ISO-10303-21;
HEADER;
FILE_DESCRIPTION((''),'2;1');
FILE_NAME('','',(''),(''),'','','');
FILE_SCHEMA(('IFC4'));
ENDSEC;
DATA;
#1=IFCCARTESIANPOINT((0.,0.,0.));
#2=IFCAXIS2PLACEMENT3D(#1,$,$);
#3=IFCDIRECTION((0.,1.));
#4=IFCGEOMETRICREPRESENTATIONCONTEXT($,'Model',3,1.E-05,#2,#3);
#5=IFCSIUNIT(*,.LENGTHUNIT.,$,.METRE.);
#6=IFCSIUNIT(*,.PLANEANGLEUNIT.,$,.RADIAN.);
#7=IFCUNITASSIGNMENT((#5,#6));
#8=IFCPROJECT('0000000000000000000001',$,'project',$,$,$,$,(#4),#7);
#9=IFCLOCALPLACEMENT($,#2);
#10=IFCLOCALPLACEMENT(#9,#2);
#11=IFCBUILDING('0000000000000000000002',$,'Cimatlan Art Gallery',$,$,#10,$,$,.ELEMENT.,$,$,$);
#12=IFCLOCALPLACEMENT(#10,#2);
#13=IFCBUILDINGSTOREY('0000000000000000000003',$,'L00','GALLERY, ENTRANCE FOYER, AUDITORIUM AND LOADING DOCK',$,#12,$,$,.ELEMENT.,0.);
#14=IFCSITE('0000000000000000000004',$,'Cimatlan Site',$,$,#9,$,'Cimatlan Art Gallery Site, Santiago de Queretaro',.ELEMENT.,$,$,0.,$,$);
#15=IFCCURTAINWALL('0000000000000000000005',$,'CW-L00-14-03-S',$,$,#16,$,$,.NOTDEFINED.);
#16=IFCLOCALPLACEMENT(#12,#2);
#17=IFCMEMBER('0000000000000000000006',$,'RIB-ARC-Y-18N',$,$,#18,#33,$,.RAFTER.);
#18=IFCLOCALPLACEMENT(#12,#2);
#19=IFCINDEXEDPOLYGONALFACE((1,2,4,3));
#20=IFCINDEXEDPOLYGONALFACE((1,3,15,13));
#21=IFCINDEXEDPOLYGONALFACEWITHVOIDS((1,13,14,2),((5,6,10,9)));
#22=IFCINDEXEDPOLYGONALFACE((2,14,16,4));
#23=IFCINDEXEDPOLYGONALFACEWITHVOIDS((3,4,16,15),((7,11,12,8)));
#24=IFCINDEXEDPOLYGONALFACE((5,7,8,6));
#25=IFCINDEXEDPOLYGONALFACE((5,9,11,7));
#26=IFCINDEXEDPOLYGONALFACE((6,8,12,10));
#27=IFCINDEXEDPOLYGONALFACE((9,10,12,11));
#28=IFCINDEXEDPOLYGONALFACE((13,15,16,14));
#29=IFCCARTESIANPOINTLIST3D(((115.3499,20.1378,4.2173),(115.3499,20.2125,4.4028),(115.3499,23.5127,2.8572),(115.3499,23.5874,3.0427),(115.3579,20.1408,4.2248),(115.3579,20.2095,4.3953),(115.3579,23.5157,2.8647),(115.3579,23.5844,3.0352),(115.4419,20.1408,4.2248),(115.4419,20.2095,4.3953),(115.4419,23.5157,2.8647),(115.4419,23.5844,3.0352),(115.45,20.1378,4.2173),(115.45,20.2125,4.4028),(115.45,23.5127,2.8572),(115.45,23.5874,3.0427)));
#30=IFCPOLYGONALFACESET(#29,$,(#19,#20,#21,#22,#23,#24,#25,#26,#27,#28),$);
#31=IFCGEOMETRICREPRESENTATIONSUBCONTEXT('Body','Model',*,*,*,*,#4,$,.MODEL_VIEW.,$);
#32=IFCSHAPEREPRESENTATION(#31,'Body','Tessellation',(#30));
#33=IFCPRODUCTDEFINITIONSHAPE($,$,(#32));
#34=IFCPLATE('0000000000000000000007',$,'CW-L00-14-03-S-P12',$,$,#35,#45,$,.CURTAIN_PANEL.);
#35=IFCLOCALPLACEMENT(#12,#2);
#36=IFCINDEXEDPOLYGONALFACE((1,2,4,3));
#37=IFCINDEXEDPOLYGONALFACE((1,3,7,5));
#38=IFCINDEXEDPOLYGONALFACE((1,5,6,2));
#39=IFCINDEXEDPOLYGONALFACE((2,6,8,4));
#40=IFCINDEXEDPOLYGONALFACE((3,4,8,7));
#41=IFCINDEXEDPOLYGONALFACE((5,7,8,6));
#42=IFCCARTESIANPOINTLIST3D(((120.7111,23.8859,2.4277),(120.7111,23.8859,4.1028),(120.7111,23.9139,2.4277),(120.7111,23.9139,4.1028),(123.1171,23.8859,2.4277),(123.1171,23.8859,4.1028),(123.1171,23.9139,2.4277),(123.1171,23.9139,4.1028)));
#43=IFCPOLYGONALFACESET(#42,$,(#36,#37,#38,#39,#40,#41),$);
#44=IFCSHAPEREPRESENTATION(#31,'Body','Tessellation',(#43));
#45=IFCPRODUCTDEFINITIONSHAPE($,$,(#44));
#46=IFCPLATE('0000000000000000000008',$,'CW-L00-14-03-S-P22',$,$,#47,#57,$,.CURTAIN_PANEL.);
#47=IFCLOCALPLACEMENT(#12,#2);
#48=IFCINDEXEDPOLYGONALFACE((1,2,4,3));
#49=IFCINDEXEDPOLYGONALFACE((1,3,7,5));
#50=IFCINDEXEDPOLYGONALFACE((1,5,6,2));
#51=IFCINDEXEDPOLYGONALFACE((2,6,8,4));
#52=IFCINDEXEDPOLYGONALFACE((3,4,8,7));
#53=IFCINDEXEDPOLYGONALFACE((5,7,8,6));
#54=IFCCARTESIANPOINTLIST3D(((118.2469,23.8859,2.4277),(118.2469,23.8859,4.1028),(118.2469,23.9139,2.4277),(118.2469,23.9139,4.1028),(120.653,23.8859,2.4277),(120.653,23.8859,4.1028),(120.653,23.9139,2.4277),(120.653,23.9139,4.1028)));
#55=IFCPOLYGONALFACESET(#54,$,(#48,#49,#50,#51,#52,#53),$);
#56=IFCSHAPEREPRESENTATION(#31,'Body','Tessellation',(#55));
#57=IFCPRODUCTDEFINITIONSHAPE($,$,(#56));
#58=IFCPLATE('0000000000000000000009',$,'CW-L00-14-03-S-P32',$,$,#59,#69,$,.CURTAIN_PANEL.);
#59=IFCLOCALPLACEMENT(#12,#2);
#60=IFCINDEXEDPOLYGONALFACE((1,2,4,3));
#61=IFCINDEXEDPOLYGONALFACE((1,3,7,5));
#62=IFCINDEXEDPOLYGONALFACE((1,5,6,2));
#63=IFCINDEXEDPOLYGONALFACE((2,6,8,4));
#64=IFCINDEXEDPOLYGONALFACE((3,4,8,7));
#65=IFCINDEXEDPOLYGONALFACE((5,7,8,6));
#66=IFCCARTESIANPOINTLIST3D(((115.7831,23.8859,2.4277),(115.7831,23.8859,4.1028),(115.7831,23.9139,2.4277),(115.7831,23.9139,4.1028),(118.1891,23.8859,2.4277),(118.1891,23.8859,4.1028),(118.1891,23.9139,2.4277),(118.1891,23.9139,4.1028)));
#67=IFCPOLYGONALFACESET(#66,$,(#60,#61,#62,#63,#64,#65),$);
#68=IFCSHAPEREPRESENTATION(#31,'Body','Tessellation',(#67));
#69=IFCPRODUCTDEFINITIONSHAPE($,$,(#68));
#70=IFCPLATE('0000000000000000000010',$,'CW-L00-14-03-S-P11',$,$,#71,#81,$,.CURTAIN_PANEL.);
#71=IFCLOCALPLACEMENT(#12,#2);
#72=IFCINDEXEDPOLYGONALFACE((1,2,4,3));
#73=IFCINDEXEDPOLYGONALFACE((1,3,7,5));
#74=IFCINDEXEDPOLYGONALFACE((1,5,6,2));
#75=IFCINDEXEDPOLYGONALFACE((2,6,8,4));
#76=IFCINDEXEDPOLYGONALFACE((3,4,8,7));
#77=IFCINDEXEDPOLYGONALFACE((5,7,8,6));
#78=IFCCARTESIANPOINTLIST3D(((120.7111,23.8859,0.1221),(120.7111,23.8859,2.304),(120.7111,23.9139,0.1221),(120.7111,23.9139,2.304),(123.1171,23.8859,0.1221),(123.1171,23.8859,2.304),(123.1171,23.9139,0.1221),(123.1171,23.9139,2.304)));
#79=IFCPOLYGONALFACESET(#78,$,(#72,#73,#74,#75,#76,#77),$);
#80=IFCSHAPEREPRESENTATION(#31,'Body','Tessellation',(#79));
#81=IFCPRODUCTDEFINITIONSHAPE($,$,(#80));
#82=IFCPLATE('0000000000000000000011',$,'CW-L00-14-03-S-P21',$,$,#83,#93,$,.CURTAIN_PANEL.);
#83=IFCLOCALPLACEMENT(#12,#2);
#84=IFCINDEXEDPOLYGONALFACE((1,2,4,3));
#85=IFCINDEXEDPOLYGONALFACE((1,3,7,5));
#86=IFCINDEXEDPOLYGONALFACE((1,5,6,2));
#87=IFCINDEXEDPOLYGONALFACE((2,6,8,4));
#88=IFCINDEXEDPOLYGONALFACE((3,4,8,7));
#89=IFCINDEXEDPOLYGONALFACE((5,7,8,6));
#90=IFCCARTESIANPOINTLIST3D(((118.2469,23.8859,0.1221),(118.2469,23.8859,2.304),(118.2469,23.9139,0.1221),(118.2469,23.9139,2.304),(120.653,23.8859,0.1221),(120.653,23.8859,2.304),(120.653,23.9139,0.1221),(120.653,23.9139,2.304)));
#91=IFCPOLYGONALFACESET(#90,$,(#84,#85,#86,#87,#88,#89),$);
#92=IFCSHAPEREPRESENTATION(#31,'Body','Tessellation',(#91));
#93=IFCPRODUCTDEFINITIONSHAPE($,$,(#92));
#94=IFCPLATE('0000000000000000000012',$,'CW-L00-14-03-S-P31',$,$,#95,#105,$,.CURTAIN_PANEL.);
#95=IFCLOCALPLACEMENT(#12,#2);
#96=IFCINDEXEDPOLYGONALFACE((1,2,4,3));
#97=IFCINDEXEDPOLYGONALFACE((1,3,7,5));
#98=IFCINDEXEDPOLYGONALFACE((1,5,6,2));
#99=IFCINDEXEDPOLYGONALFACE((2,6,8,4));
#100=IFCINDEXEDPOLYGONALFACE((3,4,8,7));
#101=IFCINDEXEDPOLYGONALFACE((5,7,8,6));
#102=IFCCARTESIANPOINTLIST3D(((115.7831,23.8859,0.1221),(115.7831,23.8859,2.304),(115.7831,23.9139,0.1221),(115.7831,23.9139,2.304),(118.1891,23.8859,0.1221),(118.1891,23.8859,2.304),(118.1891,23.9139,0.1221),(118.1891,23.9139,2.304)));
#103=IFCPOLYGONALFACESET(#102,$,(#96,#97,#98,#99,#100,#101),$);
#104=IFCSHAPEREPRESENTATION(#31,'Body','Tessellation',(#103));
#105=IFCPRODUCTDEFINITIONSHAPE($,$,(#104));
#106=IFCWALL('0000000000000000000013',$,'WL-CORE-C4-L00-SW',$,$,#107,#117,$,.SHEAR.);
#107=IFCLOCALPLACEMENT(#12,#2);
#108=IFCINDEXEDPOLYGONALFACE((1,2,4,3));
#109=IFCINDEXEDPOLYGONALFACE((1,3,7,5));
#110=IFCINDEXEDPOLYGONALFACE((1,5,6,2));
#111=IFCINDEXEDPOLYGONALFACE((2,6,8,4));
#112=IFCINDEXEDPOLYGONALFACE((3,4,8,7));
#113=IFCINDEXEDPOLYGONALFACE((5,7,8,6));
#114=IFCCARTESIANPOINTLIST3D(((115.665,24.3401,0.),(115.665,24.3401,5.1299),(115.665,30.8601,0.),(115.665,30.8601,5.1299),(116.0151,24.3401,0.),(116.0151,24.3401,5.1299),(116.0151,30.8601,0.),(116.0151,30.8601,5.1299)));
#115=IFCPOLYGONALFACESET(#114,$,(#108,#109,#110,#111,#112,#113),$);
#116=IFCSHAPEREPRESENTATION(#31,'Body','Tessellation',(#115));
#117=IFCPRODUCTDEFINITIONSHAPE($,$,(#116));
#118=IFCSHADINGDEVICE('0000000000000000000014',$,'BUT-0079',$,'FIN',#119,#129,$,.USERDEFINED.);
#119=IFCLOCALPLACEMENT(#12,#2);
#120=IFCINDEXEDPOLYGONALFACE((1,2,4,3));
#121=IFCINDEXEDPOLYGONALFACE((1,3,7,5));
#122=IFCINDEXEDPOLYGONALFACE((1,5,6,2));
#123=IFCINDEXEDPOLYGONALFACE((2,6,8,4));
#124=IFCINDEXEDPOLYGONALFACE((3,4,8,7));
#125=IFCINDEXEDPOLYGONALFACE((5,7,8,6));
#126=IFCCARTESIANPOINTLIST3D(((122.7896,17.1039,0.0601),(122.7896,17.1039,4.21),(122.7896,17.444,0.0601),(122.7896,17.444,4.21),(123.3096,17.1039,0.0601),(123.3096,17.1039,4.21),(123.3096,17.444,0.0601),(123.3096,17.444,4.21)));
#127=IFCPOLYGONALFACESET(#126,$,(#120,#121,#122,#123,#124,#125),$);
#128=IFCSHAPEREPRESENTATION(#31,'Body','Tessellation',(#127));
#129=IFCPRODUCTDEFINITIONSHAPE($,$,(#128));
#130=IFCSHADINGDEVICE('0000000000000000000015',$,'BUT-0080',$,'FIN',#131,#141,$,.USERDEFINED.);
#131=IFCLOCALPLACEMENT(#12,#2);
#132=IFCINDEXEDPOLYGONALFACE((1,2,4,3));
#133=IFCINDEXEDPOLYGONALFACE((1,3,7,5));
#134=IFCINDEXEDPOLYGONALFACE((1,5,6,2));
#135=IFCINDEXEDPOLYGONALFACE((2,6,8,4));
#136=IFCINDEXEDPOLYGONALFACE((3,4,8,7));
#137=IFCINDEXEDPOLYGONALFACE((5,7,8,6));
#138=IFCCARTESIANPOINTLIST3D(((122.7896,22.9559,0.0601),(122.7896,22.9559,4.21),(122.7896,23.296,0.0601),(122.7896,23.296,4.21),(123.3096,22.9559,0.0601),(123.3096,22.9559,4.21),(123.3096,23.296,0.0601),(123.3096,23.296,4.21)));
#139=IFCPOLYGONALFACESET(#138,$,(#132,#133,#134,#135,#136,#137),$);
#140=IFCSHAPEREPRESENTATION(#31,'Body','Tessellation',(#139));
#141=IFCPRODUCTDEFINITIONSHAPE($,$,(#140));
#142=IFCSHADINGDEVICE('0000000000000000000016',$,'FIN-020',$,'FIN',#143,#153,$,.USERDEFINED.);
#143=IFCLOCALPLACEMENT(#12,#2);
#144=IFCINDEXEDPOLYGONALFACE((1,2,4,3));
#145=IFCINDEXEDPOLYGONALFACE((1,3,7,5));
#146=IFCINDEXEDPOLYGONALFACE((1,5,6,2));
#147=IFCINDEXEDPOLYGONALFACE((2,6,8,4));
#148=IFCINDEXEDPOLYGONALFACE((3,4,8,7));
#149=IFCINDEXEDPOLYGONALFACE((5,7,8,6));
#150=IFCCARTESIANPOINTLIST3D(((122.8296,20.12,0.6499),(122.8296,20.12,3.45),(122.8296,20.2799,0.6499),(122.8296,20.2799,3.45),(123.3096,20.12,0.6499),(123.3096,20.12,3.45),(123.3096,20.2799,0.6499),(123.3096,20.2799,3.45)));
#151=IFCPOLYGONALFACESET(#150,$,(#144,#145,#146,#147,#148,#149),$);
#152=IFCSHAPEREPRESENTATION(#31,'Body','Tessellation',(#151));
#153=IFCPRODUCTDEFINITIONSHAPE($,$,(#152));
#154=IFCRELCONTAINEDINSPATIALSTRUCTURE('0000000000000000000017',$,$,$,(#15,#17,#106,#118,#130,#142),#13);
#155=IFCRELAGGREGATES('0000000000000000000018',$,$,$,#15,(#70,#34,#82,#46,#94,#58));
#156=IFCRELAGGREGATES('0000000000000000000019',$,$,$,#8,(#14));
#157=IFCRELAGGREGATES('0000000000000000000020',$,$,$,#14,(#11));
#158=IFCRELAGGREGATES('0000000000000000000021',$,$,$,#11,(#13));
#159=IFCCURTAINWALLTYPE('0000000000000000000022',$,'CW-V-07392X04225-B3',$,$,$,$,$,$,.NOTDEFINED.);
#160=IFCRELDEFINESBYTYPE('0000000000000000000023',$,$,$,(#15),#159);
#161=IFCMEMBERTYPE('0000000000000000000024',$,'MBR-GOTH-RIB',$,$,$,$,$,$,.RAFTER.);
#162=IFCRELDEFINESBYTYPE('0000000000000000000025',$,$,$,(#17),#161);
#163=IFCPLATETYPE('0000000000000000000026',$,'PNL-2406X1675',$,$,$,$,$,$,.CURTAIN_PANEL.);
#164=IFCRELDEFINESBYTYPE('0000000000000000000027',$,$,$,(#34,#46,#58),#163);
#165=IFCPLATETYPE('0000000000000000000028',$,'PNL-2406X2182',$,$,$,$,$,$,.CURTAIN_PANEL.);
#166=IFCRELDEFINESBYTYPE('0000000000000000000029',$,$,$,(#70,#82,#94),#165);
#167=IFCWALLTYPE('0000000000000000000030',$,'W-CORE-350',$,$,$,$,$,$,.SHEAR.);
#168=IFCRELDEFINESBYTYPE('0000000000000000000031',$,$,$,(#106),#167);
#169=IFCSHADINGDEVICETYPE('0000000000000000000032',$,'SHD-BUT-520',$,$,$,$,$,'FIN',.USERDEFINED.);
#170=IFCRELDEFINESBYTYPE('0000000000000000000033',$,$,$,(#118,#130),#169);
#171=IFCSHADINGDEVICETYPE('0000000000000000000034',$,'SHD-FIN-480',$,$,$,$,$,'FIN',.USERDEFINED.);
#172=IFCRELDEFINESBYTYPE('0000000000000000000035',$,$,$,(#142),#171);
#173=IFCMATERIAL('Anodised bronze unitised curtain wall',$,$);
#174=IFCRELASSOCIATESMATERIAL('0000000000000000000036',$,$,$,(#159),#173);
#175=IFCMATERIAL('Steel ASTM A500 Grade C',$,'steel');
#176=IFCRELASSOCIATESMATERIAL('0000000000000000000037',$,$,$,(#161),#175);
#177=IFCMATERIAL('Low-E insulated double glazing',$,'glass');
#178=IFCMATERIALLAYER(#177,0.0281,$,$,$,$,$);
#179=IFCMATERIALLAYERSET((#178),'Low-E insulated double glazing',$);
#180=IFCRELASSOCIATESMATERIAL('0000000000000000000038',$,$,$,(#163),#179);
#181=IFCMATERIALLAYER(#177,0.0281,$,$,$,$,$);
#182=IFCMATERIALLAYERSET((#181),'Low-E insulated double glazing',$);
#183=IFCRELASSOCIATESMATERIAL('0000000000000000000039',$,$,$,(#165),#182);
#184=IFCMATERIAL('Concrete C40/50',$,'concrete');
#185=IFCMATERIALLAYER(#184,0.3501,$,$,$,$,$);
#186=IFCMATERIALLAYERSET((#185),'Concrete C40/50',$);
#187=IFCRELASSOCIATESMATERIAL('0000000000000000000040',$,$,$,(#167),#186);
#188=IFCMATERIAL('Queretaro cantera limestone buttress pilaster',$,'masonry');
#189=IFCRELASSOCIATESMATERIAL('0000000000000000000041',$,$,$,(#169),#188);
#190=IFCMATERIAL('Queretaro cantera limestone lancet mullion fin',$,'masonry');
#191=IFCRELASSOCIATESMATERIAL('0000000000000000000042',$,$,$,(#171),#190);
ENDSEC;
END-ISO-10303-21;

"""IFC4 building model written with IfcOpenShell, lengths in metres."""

from ifc_helpers import new_model, si_unit, direction, frame, frame_2d, origin, origin_2d, place, context, subcontext, project, spatial, rectangle, hollow_rectangle, extrude, material, layer, layer_set, material_profile, profile_set, type_object, element, aggregate, save


model = new_model("IFC4")

# Units and contexts
model_context = context("Model", 3, precision=1e-05, world=origin(), true_north=direction((0.0, 1.0)))
body_context = subcontext(model_context, "Body", "Model", "MODEL_VIEW")
ifc_project = project(units=[si_unit("LENGTHUNIT", "METRE"), si_unit("PLANEANGLEUNIT", "RADIAN")], contexts=[model_context])

# Site, building, storey
site_placement = place(None, origin())
site = spatial("IfcSite", under=ifc_project, at=site_placement, Name="Cimatlan Site", LongName="Cimatlan Art Gallery Site, Santiago de Queretaro", CompositionType="ELEMENT", RefElevation=0.0)
building_placement = place(site_placement, origin())
building = spatial("IfcBuilding", under=site, at=building_placement, Name="Cimatlan Art Gallery", CompositionType="ELEMENT")
storey_placement = place(building_placement, origin())
storey = spatial("IfcBuildingStorey", under=building, at=storey_placement, Name="L00", Description="GALLERY, ENTRANCE FOYER, AUDITORIUM AND LOADING DOCK", CompositionType="ELEMENT", Elevation=0.0)

# Shared definitions
ifc_material_1 = material(Name="Concrete C40/50", Category="concrete")

# Curtain wall
ifc_material_2 = material(Name="Anodised bronze unitised curtain wall")
curtain_wall_type = type_object("IfcCurtainWallType", Name="CW-V-07392X04225-B3", PredefinedType="NOTDEFINED", material=ifc_material_2)
curtain_wall_placement = place(storey_placement, origin())
curtain_wall = element("IfcCurtainWall", 1, at=curtain_wall_placement, inside=storey, type_object=curtain_wall_type, Name="CW-L00-14-03-S", PredefinedType="NOTDEFINED")

# Member
ifc_material_3 = material(Name="Steel ASTM A500 Grade C", Category="steel")
ifc_material_profile_1 = material_profile(ifc_material_3, hollow_rectangle(XDim=0.1001, YDim=0.2, WallThickness=0.0081, at=origin_2d()), Name="HSS200X100X8")
ifc_profile_set_1 = profile_set([ifc_material_profile_1], Name="Steel ASTM A500 Grade C")
member_type_1 = type_object("IfcMemberType", Name="MBR-GOTH-RIB", PredefinedType="RAFTER", material=ifc_profile_set_1)
for number, where, z_axis, x_axis, name in (
    (2, (115.3999, 23.55, 2.95), (0.0, -0.927516, 0.373784), (1.0, 0.0, 0.0), "RIB-ARC-Y-18N"),
):
    element("IfcMember", number, at=place(storey_placement, frame(where, z_axis=z_axis, x_axis=x_axis)), inside=storey, type_object=member_type_1, Name=name, PredefinedType="RAFTER", context=body_context, shape_type="SweptSolid", body=[
        extrude(hollow_rectangle(XDim=0.1001, YDim=0.2, WallThickness=0.0081, at=origin_2d()), origin(), (0.0, 0.0, 1.0), 3.6387),
    ])

# Plates
ifc_material_4 = material(Name="Low-E insulated double glazing", Category="glass")
ifc_layer_1 = layer(ifc_material_4, 0.0281)
ifc_layer_set_1 = layer_set([ifc_layer_1], Name="Low-E insulated double glazing")
plate_type_1 = type_object("IfcPlateType", Name="PNL-2406X1675", PredefinedType="CURTAIN_PANEL", material=ifc_layer_set_1)
plate_1_placement = place(storey_placement, frame((121.9141, 23.8999, 2.4277), z_axis=(0.0, 0.0, 1.0), x_axis=(-1.0, 0.0, 0.0)))
plate_1 = element("IfcPlate", 3, at=plate_1_placement, type_object=plate_type_1, Name="CW-L00-14-03-S-P12", PredefinedType="CURTAIN_PANEL", context=body_context, shape_type="SweptSolid", body=[
    extrude(rectangle(XDim=2.406, YDim=0.0281, at=origin_2d()), origin(), (0.0, 0.0, 1.0), 1.675),
])
plate_2_placement = place(storey_placement, frame((119.45, 23.8999, 2.4277), z_axis=(0.0, 0.0, 1.0), x_axis=(-1.0, 0.0, 0.0)))
plate_2 = element("IfcPlate", 4, at=plate_2_placement, type_object=plate_type_1, Name="CW-L00-14-03-S-P22", PredefinedType="CURTAIN_PANEL", context=body_context, shape_type="SweptSolid", body=[
    extrude(rectangle(XDim=2.406, YDim=0.0281, at=origin_2d()), origin(), (0.0, 0.0, 1.0), 1.675),
])
plate_3_placement = place(storey_placement, frame((116.9861, 23.8999, 2.4277), z_axis=(0.0, 0.0, 1.0), x_axis=(-1.0, 0.0, 0.0)))
plate_3 = element("IfcPlate", 5, at=plate_3_placement, type_object=plate_type_1, Name="CW-L00-14-03-S-P32", PredefinedType="CURTAIN_PANEL", context=body_context, shape_type="SweptSolid", body=[
    extrude(rectangle(XDim=2.406, YDim=0.0281, at=origin_2d()), origin(), (0.0, 0.0, 1.0), 1.675),
])
ifc_layer_2 = layer(ifc_material_4, 0.0281)
ifc_layer_set_2 = layer_set([ifc_layer_2], Name="Low-E insulated double glazing")
plate_type_2 = type_object("IfcPlateType", Name="PNL-2406X2182", PredefinedType="CURTAIN_PANEL", material=ifc_layer_set_2)
plate_4_placement = place(storey_placement, frame((121.9141, 23.8999, 0.1221), z_axis=(0.0, 0.0, 1.0), x_axis=(-1.0, 0.0, 0.0)))
plate_4 = element("IfcPlate", 6, at=plate_4_placement, type_object=plate_type_2, Name="CW-L00-14-03-S-P11", PredefinedType="CURTAIN_PANEL", context=body_context, shape_type="SweptSolid", body=[
    extrude(rectangle(XDim=2.406, YDim=0.0281, at=origin_2d()), origin(), (0.0, 0.0, 1.0), 2.1819),
])
plate_5_placement = place(storey_placement, frame((119.45, 23.8999, 0.1221), z_axis=(0.0, 0.0, 1.0), x_axis=(-1.0, 0.0, 0.0)))
plate_5 = element("IfcPlate", 7, at=plate_5_placement, type_object=plate_type_2, Name="CW-L00-14-03-S-P21", PredefinedType="CURTAIN_PANEL", context=body_context, shape_type="SweptSolid", body=[
    extrude(rectangle(XDim=2.406, YDim=0.0281, at=origin_2d()), origin(), (0.0, 0.0, 1.0), 2.1819),
])
plate_6_placement = place(storey_placement, frame((116.9861, 23.8999, 0.1221), z_axis=(0.0, 0.0, 1.0), x_axis=(-1.0, 0.0, 0.0)))
plate_6 = element("IfcPlate", 8, at=plate_6_placement, type_object=plate_type_2, Name="CW-L00-14-03-S-P31", PredefinedType="CURTAIN_PANEL", context=body_context, shape_type="SweptSolid", body=[
    extrude(rectangle(XDim=2.406, YDim=0.0281, at=origin_2d()), origin(), (0.0, 0.0, 1.0), 2.1819),
])
aggregate(curtain_wall, [plate_4, plate_1, plate_5, plate_2, plate_6, plate_3])

# Wall
ifc_layer_3 = layer(ifc_material_1, 0.3501)
ifc_layer_set_3 = layer_set([ifc_layer_3], Name="Concrete C40/50")
wall_type = type_object("IfcWallType", Name="W-CORE-350", PredefinedType="SHEAR", material=ifc_layer_set_3)
wall_placement = place(storey_placement, frame((115.8401, 24.3401, 0.0), z_axis=(0.0, 0.0, 1.0), x_axis=(0.0, 1.0, 0.0)))
element("IfcWall", 9, at=wall_placement, inside=storey, type_object=wall_type, Name="WL-CORE-C4-L00-SW", PredefinedType="SHEAR", context=body_context, shape_type="SweptSolid", body=[
    extrude(rectangle(XDim=6.52, YDim=0.3501, at=frame_2d((3.26, 0.0))), origin(), (0.0, 0.0, 1.0), 5.1299),
])

# Shading devices
ifc_material_5 = material(Name="Queretaro cantera limestone buttress pilaster", Category="masonry")
shading_device_type_1 = type_object("IfcShadingDeviceType", Name="SHD-BUT-520", ElementType="FIN", PredefinedType="USERDEFINED", material=ifc_material_5)
for number, where, z_axis, x_axis, name in (
    (10, (123.0496, 17.2739, 0.0601), (0.0, 0.0, 1.0), (0.0, 1.0, 0.0), "BUT-0079"),
    (11, (123.0496, 23.126, 0.0601), (0.0, 0.0, 1.0), (0.0, 1.0, 0.0), "BUT-0080"),
):
    element("IfcShadingDevice", number, at=place(storey_placement, frame(where, z_axis=z_axis, x_axis=x_axis)), inside=storey, type_object=shading_device_type_1, Name=name, ObjectType="FIN", PredefinedType="USERDEFINED", context=body_context, shape_type="SweptSolid", body=[
        extrude(rectangle(XDim=0.3401, YDim=0.52, at=origin_2d()), origin(), (0.0, 0.0, 1.0), 4.1499),
    ])
ifc_material_6 = material(Name="Queretaro cantera limestone lancet mullion fin", Category="masonry")
shading_device_type_2 = type_object("IfcShadingDeviceType", Name="SHD-FIN-480", ElementType="FIN", PredefinedType="USERDEFINED", material=ifc_material_6)
shading_device_placement = place(storey_placement, frame((123.0696, 20.2, 0.6499), z_axis=(0.0, 0.0, 1.0), x_axis=(0.0, 1.0, 0.0)))
element("IfcShadingDevice", 12, at=shading_device_placement, inside=storey, type_object=shading_device_type_2, Name="FIN-020", ObjectType="FIN", PredefinedType="USERDEFINED", context=body_context, shape_type="SweptSolid", body=[
    extrude(rectangle(XDim=0.1599, YDim=0.48, at=origin_2d()), origin(), (0.0, 0.0, 1.0), 2.8),
])

save(model, "model.ifc")
